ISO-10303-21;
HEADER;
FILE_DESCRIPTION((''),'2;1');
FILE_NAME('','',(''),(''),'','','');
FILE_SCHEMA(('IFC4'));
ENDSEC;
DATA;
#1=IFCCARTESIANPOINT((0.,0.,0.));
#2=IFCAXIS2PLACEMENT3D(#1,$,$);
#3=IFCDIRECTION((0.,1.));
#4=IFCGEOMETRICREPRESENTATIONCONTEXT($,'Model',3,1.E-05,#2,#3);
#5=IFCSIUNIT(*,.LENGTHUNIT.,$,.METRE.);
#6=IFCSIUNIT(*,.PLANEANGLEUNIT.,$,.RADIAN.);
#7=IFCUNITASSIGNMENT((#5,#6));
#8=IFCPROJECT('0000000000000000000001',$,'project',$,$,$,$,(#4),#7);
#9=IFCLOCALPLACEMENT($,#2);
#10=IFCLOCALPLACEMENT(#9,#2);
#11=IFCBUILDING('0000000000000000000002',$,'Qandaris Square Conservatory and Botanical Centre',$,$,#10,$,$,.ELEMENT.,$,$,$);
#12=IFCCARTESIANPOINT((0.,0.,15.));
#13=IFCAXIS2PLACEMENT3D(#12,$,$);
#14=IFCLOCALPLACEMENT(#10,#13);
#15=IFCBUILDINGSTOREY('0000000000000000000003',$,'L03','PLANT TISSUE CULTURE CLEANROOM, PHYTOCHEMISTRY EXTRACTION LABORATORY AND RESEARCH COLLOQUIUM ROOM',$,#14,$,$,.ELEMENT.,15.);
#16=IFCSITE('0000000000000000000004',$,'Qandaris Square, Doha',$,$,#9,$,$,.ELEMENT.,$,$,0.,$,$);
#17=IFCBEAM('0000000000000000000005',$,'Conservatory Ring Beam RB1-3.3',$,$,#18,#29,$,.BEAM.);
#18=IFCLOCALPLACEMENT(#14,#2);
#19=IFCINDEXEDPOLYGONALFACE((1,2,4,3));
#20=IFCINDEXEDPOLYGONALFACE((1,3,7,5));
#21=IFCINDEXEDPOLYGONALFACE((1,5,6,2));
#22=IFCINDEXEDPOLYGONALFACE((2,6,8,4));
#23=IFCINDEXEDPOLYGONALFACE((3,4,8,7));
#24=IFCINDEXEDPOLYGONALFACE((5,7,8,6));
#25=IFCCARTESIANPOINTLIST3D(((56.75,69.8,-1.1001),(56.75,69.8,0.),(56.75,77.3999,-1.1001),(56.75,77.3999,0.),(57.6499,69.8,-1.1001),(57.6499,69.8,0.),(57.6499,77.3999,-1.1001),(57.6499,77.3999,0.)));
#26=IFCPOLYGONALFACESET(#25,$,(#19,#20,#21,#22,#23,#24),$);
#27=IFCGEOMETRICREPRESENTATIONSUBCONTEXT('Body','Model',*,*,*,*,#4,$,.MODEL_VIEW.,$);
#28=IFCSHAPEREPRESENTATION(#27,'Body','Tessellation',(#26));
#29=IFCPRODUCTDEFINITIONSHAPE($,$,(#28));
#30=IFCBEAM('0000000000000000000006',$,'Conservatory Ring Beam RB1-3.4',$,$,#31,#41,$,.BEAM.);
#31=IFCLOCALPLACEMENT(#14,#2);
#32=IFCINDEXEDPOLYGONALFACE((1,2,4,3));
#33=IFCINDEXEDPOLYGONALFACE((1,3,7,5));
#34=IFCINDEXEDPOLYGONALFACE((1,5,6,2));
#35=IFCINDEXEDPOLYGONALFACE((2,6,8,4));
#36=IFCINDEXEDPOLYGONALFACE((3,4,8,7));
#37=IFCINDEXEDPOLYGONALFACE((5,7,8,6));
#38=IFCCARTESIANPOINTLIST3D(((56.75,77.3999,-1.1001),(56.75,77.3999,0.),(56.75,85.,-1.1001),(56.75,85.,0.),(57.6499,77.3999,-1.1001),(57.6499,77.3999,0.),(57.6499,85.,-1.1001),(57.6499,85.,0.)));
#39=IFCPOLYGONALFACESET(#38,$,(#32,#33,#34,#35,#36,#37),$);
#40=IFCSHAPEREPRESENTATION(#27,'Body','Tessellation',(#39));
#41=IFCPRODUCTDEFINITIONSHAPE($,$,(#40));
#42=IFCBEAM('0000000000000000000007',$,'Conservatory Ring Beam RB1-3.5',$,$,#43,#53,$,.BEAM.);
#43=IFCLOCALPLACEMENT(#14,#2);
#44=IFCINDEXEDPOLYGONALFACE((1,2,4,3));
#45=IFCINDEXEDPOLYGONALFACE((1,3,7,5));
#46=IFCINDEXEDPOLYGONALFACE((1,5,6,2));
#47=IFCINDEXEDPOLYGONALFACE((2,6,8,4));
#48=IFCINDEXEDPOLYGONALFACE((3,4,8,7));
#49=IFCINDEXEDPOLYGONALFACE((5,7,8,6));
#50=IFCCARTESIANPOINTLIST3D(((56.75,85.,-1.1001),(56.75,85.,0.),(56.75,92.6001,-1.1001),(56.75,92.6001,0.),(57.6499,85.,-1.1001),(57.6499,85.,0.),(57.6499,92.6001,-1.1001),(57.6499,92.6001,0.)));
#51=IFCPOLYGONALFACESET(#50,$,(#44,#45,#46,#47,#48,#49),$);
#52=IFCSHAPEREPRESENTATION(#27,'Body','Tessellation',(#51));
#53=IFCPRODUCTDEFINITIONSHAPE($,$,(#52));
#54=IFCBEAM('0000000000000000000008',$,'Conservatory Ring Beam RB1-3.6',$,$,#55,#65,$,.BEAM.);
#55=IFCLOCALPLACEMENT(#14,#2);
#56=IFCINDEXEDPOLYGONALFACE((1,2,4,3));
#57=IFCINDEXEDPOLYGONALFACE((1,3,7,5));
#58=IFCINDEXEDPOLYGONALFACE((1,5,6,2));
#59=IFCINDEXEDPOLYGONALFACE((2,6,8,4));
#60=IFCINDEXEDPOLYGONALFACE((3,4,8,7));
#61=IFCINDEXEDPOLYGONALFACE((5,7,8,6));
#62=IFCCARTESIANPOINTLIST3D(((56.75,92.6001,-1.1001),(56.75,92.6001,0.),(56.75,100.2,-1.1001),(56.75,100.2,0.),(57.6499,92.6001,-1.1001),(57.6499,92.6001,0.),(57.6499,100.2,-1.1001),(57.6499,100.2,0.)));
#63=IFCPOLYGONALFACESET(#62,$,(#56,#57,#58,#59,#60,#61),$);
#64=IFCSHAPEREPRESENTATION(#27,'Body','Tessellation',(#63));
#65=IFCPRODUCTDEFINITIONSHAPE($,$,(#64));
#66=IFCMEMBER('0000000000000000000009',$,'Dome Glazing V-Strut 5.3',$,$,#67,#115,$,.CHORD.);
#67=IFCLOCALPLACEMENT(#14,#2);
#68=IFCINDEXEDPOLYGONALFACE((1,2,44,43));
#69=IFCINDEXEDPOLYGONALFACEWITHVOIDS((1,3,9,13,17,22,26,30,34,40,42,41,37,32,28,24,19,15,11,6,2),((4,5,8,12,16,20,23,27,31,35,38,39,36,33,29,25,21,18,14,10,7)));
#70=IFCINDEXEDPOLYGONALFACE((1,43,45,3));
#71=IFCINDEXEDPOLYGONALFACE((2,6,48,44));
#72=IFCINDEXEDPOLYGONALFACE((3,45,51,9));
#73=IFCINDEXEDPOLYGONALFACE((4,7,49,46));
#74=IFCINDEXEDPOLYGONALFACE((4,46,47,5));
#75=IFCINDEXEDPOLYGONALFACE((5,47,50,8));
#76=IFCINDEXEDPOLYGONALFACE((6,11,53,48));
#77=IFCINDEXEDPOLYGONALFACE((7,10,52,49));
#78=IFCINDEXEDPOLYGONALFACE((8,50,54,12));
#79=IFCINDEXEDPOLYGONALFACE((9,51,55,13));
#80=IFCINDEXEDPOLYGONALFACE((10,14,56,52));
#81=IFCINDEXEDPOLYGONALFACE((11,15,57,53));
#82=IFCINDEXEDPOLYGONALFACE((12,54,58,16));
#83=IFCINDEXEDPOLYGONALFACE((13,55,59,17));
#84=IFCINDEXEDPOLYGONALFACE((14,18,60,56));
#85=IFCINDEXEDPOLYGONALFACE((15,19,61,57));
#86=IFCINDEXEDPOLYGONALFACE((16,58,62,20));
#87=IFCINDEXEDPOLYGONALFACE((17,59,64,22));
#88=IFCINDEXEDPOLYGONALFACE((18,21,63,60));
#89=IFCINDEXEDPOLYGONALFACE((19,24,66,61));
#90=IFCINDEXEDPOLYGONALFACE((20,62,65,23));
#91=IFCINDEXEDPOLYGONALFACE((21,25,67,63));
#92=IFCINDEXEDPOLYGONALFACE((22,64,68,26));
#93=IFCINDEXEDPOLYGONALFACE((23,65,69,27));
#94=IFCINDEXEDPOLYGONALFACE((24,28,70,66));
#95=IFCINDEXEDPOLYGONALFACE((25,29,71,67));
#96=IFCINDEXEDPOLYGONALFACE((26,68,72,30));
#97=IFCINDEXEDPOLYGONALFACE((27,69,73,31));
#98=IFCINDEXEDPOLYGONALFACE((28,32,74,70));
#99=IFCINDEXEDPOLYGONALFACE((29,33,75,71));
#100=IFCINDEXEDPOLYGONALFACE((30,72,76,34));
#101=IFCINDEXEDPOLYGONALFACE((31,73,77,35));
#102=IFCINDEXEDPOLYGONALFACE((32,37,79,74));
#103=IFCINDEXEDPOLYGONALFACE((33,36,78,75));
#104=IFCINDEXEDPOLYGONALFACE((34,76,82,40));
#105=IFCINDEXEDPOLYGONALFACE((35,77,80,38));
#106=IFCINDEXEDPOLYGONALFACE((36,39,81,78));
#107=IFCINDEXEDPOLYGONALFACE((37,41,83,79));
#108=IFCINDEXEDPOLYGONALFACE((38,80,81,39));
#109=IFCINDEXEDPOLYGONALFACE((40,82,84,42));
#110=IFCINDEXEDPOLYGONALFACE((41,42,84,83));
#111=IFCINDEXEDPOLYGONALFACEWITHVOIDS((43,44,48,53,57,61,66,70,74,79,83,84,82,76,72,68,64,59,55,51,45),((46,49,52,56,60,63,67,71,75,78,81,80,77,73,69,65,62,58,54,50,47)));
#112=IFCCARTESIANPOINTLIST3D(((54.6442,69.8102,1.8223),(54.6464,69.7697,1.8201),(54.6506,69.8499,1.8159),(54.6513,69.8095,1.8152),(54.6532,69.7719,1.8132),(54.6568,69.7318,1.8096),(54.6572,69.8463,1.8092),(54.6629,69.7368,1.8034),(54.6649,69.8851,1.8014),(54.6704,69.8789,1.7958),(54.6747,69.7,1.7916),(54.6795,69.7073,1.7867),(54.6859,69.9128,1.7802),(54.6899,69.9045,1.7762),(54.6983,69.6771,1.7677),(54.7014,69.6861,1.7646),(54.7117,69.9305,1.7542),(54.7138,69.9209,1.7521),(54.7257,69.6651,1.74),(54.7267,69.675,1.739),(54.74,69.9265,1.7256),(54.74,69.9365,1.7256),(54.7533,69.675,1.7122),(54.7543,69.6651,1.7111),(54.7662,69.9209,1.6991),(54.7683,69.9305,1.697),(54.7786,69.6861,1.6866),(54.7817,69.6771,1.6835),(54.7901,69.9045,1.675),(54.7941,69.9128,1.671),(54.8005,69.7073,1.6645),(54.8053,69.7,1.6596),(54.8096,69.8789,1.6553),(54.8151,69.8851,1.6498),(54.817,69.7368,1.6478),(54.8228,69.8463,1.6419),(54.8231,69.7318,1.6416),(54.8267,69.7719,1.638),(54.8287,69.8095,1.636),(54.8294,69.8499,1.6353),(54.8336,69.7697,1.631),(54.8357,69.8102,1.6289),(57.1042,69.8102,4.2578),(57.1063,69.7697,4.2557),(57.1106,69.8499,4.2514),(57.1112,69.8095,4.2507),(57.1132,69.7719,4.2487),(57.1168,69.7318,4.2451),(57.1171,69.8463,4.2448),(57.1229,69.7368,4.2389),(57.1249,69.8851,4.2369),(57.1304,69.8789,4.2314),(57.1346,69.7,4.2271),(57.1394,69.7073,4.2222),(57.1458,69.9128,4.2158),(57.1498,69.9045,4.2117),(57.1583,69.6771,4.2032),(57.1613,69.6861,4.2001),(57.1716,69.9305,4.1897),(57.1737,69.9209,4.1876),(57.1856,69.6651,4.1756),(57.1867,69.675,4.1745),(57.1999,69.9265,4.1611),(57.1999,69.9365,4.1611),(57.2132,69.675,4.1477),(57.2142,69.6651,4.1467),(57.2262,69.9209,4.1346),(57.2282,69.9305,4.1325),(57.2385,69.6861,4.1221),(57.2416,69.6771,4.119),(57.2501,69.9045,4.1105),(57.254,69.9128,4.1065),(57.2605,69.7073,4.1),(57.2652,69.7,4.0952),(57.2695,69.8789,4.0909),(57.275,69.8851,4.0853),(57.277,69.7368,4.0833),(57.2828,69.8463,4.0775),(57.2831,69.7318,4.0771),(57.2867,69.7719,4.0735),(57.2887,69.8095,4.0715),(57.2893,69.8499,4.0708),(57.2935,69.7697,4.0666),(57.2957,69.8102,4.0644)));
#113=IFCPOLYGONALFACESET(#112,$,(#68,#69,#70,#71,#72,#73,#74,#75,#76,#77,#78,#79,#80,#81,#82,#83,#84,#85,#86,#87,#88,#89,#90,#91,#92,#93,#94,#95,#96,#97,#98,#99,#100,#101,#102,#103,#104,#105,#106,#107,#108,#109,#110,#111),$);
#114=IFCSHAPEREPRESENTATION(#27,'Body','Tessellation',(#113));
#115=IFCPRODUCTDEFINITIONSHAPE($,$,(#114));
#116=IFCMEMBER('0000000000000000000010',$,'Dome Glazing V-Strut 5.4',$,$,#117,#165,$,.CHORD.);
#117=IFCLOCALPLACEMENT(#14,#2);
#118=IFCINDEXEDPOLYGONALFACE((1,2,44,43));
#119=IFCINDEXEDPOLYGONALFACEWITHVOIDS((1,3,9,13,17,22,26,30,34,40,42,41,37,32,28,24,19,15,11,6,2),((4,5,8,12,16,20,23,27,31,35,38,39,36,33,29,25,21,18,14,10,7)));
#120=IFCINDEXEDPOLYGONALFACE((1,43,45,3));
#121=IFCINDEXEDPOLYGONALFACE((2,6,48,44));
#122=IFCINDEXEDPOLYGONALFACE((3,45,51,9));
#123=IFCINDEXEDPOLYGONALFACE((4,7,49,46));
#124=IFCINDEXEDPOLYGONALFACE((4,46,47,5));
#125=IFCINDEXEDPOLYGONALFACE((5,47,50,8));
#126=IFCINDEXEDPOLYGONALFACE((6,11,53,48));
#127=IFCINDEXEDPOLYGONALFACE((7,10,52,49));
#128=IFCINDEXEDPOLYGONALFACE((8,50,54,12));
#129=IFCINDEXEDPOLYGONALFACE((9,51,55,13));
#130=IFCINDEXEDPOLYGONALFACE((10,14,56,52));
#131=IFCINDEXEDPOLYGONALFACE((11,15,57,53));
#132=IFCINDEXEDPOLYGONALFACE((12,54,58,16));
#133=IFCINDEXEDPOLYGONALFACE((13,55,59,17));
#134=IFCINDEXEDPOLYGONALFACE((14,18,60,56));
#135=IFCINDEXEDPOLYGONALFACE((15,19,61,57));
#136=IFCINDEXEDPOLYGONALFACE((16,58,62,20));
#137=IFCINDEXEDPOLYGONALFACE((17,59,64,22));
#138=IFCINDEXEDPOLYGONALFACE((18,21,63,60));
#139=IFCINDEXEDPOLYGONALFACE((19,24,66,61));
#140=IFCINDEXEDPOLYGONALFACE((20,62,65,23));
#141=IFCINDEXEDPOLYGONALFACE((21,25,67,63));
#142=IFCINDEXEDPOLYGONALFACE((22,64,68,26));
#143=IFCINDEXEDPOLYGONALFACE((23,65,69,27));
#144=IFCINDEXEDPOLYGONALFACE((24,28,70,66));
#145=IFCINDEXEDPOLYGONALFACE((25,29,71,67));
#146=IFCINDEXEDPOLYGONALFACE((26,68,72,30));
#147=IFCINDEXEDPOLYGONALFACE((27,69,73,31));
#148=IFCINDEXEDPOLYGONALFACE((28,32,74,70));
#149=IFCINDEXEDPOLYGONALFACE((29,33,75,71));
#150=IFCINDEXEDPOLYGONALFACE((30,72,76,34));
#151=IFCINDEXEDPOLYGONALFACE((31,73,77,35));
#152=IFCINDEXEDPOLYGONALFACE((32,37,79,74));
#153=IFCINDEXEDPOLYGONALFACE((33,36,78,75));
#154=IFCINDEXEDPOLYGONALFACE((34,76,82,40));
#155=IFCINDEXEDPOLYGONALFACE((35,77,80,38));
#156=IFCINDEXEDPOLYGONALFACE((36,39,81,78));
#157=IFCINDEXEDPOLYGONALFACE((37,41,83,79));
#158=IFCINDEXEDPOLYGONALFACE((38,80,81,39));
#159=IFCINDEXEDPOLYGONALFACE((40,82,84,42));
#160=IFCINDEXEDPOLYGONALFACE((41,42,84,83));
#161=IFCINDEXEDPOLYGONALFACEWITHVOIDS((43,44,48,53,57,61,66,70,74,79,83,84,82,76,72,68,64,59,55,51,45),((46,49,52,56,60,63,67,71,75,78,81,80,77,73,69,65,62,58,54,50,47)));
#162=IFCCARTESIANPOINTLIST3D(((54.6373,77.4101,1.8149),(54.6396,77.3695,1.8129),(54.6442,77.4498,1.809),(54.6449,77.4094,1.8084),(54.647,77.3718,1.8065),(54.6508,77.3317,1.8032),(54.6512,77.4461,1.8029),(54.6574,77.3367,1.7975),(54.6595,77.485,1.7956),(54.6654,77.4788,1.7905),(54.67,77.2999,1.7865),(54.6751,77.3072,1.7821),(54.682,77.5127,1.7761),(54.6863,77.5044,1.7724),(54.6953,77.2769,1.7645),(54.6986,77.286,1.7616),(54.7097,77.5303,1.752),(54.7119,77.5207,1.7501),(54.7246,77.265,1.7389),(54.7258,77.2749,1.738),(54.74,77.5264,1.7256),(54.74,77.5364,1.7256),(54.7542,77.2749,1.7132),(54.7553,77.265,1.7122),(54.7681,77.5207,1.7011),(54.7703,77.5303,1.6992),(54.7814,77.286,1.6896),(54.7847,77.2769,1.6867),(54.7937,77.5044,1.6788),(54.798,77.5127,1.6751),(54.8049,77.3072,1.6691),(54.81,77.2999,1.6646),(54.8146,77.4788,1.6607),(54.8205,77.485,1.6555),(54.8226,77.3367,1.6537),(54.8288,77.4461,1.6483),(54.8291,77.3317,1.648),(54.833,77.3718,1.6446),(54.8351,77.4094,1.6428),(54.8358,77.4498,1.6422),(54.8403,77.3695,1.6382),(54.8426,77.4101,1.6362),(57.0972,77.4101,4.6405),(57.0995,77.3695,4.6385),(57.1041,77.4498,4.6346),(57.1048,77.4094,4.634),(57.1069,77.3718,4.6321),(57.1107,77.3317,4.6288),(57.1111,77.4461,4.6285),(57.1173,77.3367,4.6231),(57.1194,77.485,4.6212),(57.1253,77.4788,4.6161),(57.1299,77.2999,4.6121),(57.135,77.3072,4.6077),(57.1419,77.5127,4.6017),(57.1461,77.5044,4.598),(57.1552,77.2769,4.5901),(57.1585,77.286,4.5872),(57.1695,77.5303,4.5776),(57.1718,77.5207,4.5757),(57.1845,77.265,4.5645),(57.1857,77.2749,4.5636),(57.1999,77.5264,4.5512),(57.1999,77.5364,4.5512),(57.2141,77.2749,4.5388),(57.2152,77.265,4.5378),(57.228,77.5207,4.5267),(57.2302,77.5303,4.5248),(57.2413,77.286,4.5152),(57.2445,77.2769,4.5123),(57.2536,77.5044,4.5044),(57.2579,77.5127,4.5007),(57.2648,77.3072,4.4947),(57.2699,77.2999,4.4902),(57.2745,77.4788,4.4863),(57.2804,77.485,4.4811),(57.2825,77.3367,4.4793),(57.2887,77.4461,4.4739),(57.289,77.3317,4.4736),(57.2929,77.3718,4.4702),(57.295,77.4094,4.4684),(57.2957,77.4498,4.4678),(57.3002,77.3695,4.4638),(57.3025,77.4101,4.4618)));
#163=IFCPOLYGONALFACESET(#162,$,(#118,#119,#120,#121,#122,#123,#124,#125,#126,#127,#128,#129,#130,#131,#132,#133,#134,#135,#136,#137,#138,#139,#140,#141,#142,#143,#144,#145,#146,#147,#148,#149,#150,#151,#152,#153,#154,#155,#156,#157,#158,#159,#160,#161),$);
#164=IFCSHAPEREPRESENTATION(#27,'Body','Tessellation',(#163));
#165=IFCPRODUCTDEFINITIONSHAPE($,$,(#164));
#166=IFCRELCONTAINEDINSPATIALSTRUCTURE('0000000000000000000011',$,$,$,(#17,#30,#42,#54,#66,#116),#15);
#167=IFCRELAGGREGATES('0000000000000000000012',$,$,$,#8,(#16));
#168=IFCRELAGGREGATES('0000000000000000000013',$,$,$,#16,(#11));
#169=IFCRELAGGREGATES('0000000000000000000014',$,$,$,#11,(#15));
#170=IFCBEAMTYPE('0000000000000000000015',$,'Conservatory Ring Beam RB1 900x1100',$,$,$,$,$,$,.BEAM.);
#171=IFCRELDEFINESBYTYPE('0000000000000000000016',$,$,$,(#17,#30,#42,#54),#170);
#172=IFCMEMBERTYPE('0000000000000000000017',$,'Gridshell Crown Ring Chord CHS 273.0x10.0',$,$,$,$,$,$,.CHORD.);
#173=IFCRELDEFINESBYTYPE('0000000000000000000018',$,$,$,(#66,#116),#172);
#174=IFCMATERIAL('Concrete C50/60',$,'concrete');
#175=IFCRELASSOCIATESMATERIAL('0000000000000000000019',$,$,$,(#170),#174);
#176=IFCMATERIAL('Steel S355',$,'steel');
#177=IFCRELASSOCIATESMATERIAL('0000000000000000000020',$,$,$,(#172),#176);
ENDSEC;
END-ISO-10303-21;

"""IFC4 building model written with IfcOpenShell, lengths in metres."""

from ifc_helpers import new_model, si_unit, direction, frame, origin, origin_2d, place, context, subcontext, project, spatial, rectangle, hollow_circle, extrude, material, material_profile, profile_set, type_object, element, save


model = new_model("IFC4")

# Units and contexts
model_context = context("Model", 3, precision=1e-05, world=origin(), true_north=direction((0.0, 1.0)))
body_context = subcontext(model_context, "Body", "Model", "MODEL_VIEW")
ifc_project = project(units=[si_unit("LENGTHUNIT", "METRE"), si_unit("PLANEANGLEUNIT", "RADIAN")], contexts=[model_context])

# Site, building, storey
site_placement = place(None, origin())
site = spatial("IfcSite", under=ifc_project, at=site_placement, Name="Qandaris Square, Doha", CompositionType="ELEMENT", RefElevation=0.0)
building_placement = place(site_placement, origin())
building = spatial("IfcBuilding", under=site, at=building_placement, Name="Qandaris Square Conservatory and Botanical Centre", CompositionType="ELEMENT")
storey_placement = place(building_placement, frame((0.0, 0.0, 15.0)))
storey = spatial("IfcBuildingStorey", under=building, at=storey_placement, Name="L03", Description="PLANT TISSUE CULTURE CLEANROOM, PHYTOCHEMISTRY EXTRACTION LABORATORY AND RESEARCH COLLOQUIUM ROOM", CompositionType="ELEMENT", Elevation=15.0)

# Beams
ifc_material_1 = material(Name="Concrete C50/60", Category="concrete")
ifc_material_profile_1 = material_profile(ifc_material_1, rectangle(XDim=0.8999, YDim=1.1001, at=origin_2d()), Name="RC-RB 900x1100")
ifc_profile_set_1 = profile_set([ifc_material_profile_1], Name="Concrete C50/60")
beam_type = type_object("IfcBeamType", Name="Conservatory Ring Beam RB1 900x1100", PredefinedType="BEAM", material=ifc_profile_set_1)
beam_1_placement = place(storey_placement, frame((57.2, 69.8, -0.55), z_axis=(0.0, 1.0, 0.0), x_axis=(-1.0, 0.0, 0.0)))
element("IfcBeam", 1, at=beam_1_placement, inside=storey, type_object=beam_type, Name="Conservatory Ring Beam RB1-3.3", PredefinedType="BEAM", context=body_context, shape_type="SweptSolid", body=[
    extrude(rectangle(XDim=0.8999, YDim=1.1001, at=origin_2d()), origin(), (0.0, 0.0, 1.0), 7.5999),
])
for number, where, z_axis, x_axis, name in (
    (2, (57.2, 77.3999, -0.55), (0.0, 1.0, 0.0), (-1.0, 0.0, 0.0), "Conservatory Ring Beam RB1-3.4"),
    (3, (57.2, 85.0, -0.55), (0.0, 1.0, 0.0), (-1.0, 0.0, 0.0), "Conservatory Ring Beam RB1-3.5"),
):
    element("IfcBeam", number, at=place(storey_placement, frame(where, z_axis=z_axis, x_axis=x_axis)), inside=storey, type_object=beam_type, Name=name, PredefinedType="BEAM", context=body_context, shape_type="SweptSolid", body=[
        extrude(rectangle(XDim=0.8999, YDim=1.1001, at=origin_2d()), origin(), (0.0, 0.0, 1.0), 7.6001),
    ])
beam_2_placement = place(storey_placement, frame((57.2, 92.6001, -0.55), z_axis=(0.0, 1.0, 0.0), x_axis=(-1.0, 0.0, 0.0)))
element("IfcBeam", 4, at=beam_2_placement, inside=storey, type_object=beam_type, Name="Conservatory Ring Beam RB1-3.6", PredefinedType="BEAM", context=body_context, shape_type="SweptSolid", body=[
    extrude(rectangle(XDim=0.8999, YDim=1.1001, at=origin_2d()), origin(), (0.0, 0.0, 1.0), 7.5999),
])

# Members
ifc_material_2 = material(Name="Steel S355", Category="steel")
ifc_material_profile_2 = material_profile(ifc_material_2, hollow_circle(Radius=0.1365, WallThickness=0.01, at=origin_2d()), Name="CHS 273.0x10.0")
ifc_profile_set_2 = profile_set([ifc_material_profile_2], Name="Steel S355")
member_type_1 = type_object("IfcMemberType", Name="Gridshell Crown Ring Chord CHS 273.0x10.0", PredefinedType="CHORD", material=ifc_profile_set_2)
member_1_placement = place(storey_placement, frame((54.74, 69.8, 1.7256), z_axis=(0.710624, 0.0, 0.703572), x_axis=(0.0, 1.0, 0.0)))
element("IfcMember", 5, at=member_1_placement, inside=storey, type_object=member_type_1, Name="Dome Glazing V-Strut 5.3", PredefinedType="CHORD", context=body_context, shape_type="SweptSolid", body=[
    extrude(hollow_circle(Radius=0.1365, WallThickness=0.01, at=origin_2d()), origin(), (0.0, 0.0, 1.0), 3.4617),
])
for number, where, z_axis, x_axis, name in (
    (6, (54.74, 77.3999, 1.7256), (0.656611, 0.0, 0.754229), (0.0, 1.0, 0.0), "Dome Glazing V-Strut 5.4"),
):
    element("IfcMember", number, at=place(storey_placement, frame(where, z_axis=z_axis, x_axis=x_axis)), inside=storey, type_object=member_type_1, Name=name, PredefinedType="CHORD", context=body_context, shape_type="SweptSolid", body=[
        extrude(hollow_circle(Radius=0.1365, WallThickness=0.01, at=origin_2d()), origin(), (0.0, 0.0, 1.0), 3.7463),
    ])

save(model, "model.ifc")
